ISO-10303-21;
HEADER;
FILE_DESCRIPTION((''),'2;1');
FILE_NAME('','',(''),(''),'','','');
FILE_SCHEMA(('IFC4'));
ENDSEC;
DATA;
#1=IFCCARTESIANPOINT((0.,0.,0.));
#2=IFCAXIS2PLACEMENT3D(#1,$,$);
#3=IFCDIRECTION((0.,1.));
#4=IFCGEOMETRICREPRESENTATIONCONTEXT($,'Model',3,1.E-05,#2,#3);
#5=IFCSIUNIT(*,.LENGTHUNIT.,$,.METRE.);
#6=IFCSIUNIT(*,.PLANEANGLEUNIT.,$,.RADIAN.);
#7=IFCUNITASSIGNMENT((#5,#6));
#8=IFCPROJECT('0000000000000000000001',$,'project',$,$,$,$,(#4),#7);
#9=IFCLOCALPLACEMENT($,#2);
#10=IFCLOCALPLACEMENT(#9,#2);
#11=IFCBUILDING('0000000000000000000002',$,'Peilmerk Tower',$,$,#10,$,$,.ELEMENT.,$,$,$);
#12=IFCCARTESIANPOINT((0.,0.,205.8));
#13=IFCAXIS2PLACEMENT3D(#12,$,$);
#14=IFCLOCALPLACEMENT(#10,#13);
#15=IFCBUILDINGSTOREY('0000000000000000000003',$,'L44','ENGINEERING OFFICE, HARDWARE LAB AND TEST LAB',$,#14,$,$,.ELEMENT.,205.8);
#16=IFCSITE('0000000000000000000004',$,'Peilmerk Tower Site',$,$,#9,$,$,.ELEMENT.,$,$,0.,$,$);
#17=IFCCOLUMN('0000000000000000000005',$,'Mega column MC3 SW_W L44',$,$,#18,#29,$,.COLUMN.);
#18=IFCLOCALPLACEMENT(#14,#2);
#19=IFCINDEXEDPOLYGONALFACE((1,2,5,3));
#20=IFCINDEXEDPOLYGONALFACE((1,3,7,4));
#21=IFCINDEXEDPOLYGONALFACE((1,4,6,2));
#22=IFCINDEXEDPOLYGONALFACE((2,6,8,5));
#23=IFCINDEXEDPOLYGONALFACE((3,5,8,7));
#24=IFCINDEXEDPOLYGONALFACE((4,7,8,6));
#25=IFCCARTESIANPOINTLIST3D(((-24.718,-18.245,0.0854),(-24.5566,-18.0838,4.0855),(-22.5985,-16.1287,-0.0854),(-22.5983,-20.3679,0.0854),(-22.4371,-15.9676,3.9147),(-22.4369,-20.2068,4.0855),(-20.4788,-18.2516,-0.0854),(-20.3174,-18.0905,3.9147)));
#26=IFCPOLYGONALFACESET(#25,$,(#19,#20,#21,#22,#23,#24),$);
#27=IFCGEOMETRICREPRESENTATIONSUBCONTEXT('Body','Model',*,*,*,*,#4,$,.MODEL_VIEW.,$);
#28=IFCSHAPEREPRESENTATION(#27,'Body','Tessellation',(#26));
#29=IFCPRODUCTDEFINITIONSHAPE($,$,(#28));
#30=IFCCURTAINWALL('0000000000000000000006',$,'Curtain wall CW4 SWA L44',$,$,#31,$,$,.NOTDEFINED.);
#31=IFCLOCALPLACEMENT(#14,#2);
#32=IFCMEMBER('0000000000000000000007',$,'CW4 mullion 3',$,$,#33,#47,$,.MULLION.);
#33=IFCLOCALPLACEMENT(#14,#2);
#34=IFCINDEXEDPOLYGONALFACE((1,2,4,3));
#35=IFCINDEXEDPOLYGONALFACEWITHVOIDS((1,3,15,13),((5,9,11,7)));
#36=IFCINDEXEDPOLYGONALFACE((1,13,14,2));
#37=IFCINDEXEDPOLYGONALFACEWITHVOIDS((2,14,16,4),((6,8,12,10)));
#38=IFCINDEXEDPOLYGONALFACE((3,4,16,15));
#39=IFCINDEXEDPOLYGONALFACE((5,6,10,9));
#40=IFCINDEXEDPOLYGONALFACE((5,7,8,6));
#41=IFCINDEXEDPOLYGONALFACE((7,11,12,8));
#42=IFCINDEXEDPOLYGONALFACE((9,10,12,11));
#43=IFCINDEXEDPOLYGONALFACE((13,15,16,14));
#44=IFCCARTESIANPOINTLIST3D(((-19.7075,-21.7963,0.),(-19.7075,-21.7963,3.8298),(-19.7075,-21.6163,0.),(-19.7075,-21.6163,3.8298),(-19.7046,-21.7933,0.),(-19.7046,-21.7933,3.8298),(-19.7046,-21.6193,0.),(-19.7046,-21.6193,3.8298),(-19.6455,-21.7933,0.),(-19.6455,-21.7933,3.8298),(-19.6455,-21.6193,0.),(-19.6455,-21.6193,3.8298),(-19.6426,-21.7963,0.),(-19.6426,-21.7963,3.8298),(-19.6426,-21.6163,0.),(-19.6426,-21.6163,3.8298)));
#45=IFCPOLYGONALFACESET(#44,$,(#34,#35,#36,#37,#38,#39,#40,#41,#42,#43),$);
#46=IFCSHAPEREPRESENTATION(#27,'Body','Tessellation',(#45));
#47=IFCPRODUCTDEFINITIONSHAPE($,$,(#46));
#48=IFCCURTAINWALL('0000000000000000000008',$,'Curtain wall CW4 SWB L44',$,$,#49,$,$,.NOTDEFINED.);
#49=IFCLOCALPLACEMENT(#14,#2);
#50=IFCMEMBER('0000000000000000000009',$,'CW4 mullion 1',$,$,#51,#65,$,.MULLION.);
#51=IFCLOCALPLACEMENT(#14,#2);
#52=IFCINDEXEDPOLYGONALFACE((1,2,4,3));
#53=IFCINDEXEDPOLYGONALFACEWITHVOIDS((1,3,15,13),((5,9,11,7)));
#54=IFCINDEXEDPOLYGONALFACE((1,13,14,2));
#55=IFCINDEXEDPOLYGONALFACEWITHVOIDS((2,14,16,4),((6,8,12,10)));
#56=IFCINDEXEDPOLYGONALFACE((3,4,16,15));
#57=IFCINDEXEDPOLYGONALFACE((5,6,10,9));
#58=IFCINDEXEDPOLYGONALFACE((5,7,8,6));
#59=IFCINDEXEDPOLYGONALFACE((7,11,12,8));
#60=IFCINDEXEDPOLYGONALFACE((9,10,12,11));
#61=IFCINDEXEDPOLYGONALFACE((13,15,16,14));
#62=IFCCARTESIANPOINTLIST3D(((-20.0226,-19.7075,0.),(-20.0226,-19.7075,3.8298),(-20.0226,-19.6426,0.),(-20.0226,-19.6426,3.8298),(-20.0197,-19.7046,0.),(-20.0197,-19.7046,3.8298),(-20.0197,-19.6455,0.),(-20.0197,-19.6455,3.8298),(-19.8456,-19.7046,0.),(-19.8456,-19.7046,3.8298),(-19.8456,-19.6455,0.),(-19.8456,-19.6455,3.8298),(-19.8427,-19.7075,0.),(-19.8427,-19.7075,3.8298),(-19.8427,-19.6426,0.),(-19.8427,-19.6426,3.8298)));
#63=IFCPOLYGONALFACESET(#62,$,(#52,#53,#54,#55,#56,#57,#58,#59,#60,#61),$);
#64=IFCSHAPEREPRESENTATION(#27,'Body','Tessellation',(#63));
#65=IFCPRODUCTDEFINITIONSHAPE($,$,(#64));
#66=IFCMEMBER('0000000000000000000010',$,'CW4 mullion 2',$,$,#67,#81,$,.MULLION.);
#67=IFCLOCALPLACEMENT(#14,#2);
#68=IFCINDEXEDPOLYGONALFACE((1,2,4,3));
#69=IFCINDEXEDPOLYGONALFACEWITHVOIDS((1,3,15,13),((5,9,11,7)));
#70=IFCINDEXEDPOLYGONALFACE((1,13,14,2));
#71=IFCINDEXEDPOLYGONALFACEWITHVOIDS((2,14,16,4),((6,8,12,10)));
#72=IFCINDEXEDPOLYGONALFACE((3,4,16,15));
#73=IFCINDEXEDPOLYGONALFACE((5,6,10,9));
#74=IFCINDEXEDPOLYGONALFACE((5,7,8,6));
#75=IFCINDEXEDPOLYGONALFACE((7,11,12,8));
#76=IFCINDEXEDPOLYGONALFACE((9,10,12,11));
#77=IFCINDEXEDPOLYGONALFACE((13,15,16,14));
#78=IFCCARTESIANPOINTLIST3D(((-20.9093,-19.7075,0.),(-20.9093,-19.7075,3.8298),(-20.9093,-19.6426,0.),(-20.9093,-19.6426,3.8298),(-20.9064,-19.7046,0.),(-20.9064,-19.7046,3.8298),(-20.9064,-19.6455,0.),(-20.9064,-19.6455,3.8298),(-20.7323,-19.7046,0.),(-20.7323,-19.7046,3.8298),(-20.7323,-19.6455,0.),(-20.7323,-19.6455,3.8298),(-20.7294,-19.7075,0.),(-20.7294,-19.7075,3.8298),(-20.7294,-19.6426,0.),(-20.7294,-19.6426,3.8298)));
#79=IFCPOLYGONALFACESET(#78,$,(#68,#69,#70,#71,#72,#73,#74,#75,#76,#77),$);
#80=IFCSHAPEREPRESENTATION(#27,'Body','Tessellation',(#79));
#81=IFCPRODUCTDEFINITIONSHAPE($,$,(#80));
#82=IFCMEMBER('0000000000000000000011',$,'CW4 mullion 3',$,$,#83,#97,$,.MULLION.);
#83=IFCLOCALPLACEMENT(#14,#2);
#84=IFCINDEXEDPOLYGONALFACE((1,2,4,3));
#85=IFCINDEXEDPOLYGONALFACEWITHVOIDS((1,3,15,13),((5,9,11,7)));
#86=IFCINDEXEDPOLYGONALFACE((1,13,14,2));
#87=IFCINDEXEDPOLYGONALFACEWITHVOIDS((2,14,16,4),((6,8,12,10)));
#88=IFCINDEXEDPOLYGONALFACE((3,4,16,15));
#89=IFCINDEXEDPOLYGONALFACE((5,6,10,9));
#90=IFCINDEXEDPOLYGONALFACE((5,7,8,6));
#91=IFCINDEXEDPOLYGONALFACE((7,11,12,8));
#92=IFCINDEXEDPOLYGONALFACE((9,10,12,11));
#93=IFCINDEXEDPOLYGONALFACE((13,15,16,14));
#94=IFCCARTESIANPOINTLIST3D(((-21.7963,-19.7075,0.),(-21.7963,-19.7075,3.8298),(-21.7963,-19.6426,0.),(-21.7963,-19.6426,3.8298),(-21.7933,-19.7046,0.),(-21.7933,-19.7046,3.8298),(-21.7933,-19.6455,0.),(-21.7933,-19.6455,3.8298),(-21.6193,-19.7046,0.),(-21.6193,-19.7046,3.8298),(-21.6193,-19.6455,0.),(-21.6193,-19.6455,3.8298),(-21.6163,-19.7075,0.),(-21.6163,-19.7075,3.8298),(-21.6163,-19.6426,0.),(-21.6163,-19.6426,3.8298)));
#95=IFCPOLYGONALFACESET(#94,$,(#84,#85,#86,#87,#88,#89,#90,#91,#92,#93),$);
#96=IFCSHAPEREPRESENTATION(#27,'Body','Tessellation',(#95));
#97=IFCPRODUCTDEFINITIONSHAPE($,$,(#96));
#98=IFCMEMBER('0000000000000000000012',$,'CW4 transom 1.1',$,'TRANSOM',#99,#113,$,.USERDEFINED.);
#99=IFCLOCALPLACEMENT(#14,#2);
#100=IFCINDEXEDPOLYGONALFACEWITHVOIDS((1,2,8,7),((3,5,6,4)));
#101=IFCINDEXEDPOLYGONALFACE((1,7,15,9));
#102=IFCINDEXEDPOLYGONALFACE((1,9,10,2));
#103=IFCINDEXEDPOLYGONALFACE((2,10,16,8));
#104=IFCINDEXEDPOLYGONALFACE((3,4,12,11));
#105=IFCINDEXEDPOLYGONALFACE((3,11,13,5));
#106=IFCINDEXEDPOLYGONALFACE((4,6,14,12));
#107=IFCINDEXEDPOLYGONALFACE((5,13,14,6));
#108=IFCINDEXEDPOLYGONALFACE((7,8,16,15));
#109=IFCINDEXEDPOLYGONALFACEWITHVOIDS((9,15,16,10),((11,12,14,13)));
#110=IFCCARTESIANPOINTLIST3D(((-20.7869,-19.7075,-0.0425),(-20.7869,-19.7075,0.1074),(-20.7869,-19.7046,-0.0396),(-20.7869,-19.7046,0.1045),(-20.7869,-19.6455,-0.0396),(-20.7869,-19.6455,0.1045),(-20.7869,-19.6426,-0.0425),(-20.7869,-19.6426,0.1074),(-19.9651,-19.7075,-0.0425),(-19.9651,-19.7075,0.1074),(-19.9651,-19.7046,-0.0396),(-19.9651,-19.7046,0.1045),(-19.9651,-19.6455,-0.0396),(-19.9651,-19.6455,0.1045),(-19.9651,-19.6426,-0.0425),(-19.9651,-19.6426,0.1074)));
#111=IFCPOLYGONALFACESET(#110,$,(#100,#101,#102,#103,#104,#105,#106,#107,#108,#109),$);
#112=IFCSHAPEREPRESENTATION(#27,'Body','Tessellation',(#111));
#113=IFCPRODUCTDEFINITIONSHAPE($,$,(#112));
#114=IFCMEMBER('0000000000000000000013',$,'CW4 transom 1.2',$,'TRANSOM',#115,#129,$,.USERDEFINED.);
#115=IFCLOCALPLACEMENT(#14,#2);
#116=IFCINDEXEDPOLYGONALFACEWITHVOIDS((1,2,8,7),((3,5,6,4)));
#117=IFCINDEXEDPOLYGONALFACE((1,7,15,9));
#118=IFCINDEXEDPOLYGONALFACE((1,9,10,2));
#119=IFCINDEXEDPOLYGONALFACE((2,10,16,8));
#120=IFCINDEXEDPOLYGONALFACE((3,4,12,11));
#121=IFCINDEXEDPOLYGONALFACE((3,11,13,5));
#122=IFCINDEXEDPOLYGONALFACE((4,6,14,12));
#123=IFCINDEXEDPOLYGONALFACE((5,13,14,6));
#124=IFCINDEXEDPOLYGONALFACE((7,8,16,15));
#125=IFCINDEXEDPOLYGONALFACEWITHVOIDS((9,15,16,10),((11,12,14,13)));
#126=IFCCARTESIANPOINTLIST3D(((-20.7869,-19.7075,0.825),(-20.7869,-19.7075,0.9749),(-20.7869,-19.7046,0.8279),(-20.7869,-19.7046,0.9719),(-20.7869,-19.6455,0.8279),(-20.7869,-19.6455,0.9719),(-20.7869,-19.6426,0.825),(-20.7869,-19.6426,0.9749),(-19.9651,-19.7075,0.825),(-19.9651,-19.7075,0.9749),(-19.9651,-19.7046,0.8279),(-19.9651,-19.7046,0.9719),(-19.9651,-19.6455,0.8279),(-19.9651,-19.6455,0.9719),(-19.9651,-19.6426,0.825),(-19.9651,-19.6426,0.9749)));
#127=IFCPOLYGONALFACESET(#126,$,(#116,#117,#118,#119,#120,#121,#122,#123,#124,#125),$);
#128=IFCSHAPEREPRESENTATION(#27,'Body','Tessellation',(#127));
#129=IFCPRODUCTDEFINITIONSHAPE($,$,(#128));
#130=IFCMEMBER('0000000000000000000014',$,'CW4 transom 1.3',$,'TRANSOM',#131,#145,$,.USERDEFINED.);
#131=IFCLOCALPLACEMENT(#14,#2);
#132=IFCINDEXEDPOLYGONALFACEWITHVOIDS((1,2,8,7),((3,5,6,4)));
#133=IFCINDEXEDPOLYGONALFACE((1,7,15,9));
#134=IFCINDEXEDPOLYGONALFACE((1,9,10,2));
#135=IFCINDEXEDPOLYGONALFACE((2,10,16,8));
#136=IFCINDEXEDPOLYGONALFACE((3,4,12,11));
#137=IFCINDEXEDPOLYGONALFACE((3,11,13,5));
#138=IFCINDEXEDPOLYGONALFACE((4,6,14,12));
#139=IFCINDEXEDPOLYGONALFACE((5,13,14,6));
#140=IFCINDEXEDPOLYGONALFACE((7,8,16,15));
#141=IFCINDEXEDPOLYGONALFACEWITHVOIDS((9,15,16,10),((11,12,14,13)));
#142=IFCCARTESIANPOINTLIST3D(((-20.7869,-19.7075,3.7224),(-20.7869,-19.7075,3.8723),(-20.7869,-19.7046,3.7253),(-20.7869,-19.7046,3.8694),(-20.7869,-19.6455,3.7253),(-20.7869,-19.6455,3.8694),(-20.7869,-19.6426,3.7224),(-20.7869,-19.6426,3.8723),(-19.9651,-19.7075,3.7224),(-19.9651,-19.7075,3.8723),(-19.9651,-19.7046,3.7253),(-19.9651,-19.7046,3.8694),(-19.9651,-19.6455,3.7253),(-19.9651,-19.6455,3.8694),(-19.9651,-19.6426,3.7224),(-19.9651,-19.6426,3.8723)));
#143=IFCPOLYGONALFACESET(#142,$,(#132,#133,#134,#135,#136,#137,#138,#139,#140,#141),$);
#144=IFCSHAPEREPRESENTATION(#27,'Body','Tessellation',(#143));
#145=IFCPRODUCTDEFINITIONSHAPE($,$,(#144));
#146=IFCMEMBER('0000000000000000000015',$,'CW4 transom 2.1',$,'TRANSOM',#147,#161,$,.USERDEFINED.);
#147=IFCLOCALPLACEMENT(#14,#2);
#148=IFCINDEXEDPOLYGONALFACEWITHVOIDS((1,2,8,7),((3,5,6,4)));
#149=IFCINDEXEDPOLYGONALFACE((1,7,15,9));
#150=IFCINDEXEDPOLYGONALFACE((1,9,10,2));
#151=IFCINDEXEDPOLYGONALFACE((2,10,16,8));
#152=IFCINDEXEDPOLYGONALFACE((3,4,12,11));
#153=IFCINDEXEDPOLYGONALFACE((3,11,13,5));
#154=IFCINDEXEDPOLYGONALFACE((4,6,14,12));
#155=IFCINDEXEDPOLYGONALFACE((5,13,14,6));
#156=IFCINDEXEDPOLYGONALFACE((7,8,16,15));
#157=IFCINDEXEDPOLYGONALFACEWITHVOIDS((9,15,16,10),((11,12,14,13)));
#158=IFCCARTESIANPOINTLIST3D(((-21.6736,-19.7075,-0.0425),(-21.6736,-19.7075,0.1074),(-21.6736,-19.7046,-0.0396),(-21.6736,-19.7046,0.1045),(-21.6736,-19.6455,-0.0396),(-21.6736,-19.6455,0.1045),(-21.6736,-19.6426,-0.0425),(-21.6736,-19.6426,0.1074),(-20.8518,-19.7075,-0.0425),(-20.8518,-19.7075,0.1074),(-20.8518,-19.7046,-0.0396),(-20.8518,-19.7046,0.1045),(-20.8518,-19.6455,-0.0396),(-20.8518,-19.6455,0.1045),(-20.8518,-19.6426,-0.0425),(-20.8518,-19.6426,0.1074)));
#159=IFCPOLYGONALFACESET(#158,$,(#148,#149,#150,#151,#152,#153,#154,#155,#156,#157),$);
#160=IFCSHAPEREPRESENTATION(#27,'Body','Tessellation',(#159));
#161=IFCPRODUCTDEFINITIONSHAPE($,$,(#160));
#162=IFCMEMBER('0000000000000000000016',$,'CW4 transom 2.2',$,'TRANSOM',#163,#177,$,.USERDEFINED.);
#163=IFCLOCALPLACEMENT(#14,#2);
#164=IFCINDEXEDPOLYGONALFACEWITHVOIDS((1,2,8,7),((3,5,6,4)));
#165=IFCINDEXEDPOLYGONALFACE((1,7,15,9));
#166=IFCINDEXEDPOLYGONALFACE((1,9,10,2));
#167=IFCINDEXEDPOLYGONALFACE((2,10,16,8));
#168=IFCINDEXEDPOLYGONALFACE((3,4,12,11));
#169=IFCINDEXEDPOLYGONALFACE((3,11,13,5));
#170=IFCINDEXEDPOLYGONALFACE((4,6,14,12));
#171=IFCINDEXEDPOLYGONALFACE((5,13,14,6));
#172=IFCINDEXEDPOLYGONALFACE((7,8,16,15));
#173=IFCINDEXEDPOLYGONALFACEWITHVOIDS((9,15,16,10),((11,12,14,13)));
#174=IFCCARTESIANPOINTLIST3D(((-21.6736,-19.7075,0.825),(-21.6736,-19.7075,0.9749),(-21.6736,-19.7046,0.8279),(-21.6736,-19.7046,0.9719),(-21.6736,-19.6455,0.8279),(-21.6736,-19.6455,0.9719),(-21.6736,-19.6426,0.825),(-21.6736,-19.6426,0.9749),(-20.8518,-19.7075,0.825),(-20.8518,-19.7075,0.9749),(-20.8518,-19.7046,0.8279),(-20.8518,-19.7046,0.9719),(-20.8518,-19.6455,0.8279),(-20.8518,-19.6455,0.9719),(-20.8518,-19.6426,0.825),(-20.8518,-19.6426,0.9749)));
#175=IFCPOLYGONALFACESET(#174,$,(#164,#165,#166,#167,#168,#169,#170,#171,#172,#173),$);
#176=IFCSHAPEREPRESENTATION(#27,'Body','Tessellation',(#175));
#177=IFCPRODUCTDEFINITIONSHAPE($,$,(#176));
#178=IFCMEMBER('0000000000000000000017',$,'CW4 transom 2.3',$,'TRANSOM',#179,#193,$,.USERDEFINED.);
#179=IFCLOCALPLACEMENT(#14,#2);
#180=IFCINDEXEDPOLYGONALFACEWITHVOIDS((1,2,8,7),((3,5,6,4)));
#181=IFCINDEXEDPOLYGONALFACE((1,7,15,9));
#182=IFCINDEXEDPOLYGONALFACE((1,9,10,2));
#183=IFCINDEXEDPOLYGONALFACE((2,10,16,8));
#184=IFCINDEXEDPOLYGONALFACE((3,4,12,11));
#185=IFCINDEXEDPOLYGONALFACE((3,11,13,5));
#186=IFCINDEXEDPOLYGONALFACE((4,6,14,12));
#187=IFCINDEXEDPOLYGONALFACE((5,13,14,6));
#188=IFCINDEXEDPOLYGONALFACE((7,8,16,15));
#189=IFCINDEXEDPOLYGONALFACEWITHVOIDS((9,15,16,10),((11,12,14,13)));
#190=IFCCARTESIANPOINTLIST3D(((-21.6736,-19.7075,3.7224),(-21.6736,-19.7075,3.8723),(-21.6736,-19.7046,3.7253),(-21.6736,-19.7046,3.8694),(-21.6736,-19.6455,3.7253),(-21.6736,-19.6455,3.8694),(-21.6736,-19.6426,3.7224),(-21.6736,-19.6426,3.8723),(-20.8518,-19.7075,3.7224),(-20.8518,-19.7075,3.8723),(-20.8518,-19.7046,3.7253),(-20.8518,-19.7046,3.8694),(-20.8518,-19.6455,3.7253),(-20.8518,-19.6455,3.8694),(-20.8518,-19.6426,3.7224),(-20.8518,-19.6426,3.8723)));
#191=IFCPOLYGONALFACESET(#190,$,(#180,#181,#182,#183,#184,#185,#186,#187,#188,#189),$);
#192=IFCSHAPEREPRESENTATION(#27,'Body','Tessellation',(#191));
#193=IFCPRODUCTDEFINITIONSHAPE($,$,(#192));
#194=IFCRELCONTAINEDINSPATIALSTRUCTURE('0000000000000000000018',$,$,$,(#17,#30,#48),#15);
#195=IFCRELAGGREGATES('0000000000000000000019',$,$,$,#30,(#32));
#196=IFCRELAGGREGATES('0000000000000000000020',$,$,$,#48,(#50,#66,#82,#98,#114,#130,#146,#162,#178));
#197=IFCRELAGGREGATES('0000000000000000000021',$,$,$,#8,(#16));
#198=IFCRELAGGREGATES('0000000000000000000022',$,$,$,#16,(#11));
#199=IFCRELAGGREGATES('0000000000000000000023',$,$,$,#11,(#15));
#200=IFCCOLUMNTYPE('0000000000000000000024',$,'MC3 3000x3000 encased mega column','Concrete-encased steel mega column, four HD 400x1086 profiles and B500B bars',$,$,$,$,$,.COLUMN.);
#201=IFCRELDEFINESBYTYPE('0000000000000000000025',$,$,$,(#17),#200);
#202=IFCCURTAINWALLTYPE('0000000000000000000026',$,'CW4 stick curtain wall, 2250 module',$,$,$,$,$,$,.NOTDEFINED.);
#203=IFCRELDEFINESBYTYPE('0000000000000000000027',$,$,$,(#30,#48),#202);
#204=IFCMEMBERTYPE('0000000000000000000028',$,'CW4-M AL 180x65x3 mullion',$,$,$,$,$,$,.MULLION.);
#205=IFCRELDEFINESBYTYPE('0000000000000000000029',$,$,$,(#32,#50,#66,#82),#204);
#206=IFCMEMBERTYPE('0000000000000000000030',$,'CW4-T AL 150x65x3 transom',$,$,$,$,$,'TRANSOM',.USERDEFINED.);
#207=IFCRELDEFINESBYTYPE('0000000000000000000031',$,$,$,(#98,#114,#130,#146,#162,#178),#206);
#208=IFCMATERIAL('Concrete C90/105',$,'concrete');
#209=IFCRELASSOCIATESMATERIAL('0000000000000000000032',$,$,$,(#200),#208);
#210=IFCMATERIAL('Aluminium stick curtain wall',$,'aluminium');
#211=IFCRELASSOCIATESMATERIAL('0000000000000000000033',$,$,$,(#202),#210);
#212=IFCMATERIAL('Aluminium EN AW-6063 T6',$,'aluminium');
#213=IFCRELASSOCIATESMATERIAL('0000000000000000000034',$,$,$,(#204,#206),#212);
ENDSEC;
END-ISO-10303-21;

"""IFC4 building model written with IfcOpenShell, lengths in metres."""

from ifc_helpers import new_model, si_unit, direction, frame, origin, origin_2d, place, context, subcontext, project, spatial, rectangle, hollow_rectangle, extrude, material, material_profile, profile_set, type_object, element, aggregate, save


model = new_model("IFC4")

# Units and contexts
model_context = context("Model", 3, precision=1e-05, world=origin(), true_north=direction((0.0, 1.0)))
body_context = subcontext(model_context, "Body", "Model", "MODEL_VIEW")
ifc_project = project(units=[si_unit("LENGTHUNIT", "METRE"), si_unit("PLANEANGLEUNIT", "RADIAN")], contexts=[model_context])

# Site, building, storey
site_placement = place(None, origin())
site = spatial("IfcSite", under=ifc_project, at=site_placement, Name="Peilmerk Tower Site", CompositionType="ELEMENT", RefElevation=0.0)
building_placement = place(site_placement, origin())
building = spatial("IfcBuilding", under=site, at=building_placement, Name="Peilmerk Tower", CompositionType="ELEMENT")
storey_placement = place(building_placement, frame((0.0, 0.0, 205.8)))
storey = spatial("IfcBuildingStorey", under=building, at=storey_placement, Name="L44", Description="ENGINEERING OFFICE, HARDWARE LAB AND TEST LAB", CompositionType="ELEMENT", Elevation=205.8)

# Column
ifc_material_1 = material(Name="Concrete C90/105", Category="concrete")
ifc_material_profile_1 = material_profile(ifc_material_1, rectangle(XDim=3.0, YDim=3.0, at=origin_2d()), Name="RC 3000x3000")
ifc_profile_set_1 = profile_set([ifc_material_profile_1], Name="Concrete C90/105")
column_type = type_object("IfcColumnType", Name="MC3 3000x3000 encased mega column", Description="Concrete-encased steel mega column, four HD 400x1086 profiles and B500B bars", PredefinedType="COLUMN", material=ifc_profile_set_1)
column_placement = place(storey_placement, frame((-22.5984, -18.2483, 0.0), z_axis=(0.040279, 0.040218, 0.998379), x_axis=(-0.706571, 0.707642, 0.0)))
element("IfcColumn", 1, at=column_placement, inside=storey, type_object=column_type, Name="Mega column MC3 SW_W L44", PredefinedType="COLUMN", context=body_context, shape_type="SweptSolid", body=[
    extrude(rectangle(XDim=3.0, YDim=3.0, at=origin_2d()), origin(), (0.0, 0.0, 1.0), 4.0066),
])

# Curtain wall, member
ifc_material_2 = material(Name="Aluminium stick curtain wall", Category="aluminium")
curtain_wall_type = type_object("IfcCurtainWallType", Name="CW4 stick curtain wall, 2250 module", PredefinedType="NOTDEFINED", material=ifc_material_2)
curtain_wall_1_placement = place(storey_placement, origin())
curtain_wall_1 = element("IfcCurtainWall", 2, at=curtain_wall_1_placement, inside=storey, type_object=curtain_wall_type, Name="Curtain wall CW4 SWA L44", PredefinedType="NOTDEFINED")
ifc_material_3 = material(Name="Aluminium EN AW-6063 T6", Category="aluminium")
ifc_material_profile_2 = material_profile(ifc_material_3, hollow_rectangle(XDim=0.0649, YDim=0.1799, WallThickness=0.0029, at=origin_2d()), Name="AL 180x65x3")
ifc_profile_set_2 = profile_set([ifc_material_profile_2], Name="Aluminium EN AW-6063 T6")
member_type_1 = type_object("IfcMemberType", Name="CW4-M AL 180x65x3 mullion", PredefinedType="MULLION", material=ifc_profile_set_2)
member_1_placement = place(storey_placement, frame((-19.675, -21.7063, 0.0), z_axis=(0.0, 0.0, 1.0), x_axis=(1.0, 0.0, 0.0)))
member_1 = element("IfcMember", 3, at=member_1_placement, type_object=member_type_1, Name="CW4 mullion 3", PredefinedType="MULLION", context=body_context, shape_type="SweptSolid", body=[
    extrude(hollow_rectangle(XDim=0.0649, YDim=0.1799, WallThickness=0.0029, at=origin_2d()), origin(), (0.0, 0.0, 1.0), 3.8298),
])

# Curtain wall, members
curtain_wall_2_placement = place(storey_placement, origin())
curtain_wall_2 = element("IfcCurtainWall", 4, at=curtain_wall_2_placement, inside=storey, type_object=curtain_wall_type, Name="Curtain wall CW4 SWB L44", PredefinedType="NOTDEFINED")
member_2_placement = place(storey_placement, frame((-19.9326, -19.675, 0.0), z_axis=(0.0, 0.0, 1.0), x_axis=(0.0, -1.0, 0.0)))
member_2 = element("IfcMember", 5, at=member_2_placement, type_object=member_type_1, Name="CW4 mullion 1", PredefinedType="MULLION", context=body_context, shape_type="SweptSolid", body=[
    extrude(hollow_rectangle(XDim=0.0649, YDim=0.1799, WallThickness=0.0029, at=origin_2d()), origin(), (0.0, 0.0, 1.0), 3.8298),
])
member_3_placement = place(storey_placement, frame((-20.8193, -19.675, 0.0), z_axis=(0.0, 0.0, 1.0), x_axis=(0.0, -1.0, 0.0)))
member_3 = element("IfcMember", 6, at=member_3_placement, type_object=member_type_1, Name="CW4 mullion 2", PredefinedType="MULLION", context=body_context, shape_type="SweptSolid", body=[
    extrude(hollow_rectangle(XDim=0.0649, YDim=0.1799, WallThickness=0.0029, at=origin_2d()), origin(), (0.0, 0.0, 1.0), 3.8298),
])
member_4_placement = place(storey_placement, frame((-21.7063, -19.675, 0.0), z_axis=(0.0, 0.0, 1.0), x_axis=(0.0, -1.0, 0.0)))
member_4 = element("IfcMember", 7, at=member_4_placement, type_object=member_type_1, Name="CW4 mullion 3", PredefinedType="MULLION", context=body_context, shape_type="SweptSolid", body=[
    extrude(hollow_rectangle(XDim=0.0649, YDim=0.1799, WallThickness=0.0029, at=origin_2d()), origin(), (0.0, 0.0, 1.0), 3.8298),
])
ifc_material_profile_3 = material_profile(ifc_material_3, hollow_rectangle(XDim=0.0649, YDim=0.1499, WallThickness=0.0029, at=origin_2d()), Name="AL 150x65x3")
ifc_profile_set_3 = profile_set([ifc_material_profile_3], Name="Aluminium EN AW-6063 T6")
member_type_2 = type_object("IfcMemberType", Name="CW4-T AL 150x65x3 transom", ElementType="TRANSOM", PredefinedType="USERDEFINED", material=ifc_profile_set_3)
member_5_placement = place(storey_placement, frame((-19.9651, -19.675, 0.0325), z_axis=(-1.0, 0.0, 0.0), x_axis=(0.0, -1.0, 0.0)))
member_5 = element("IfcMember", 8, at=member_5_placement, type_object=member_type_2, Name="CW4 transom 1.1", ObjectType="TRANSOM", PredefinedType="USERDEFINED", context=body_context, shape_type="SweptSolid", body=[
    extrude(hollow_rectangle(XDim=0.0649, YDim=0.1499, WallThickness=0.0029, at=origin_2d()), origin(), (0.0, 0.0, 1.0), 0.8218),
])
member_6_placement = place(storey_placement, frame((-19.9651, -19.675, 0.8999), z_axis=(-1.0, 0.0, 0.0), x_axis=(0.0, -1.0, 0.0)))
member_6 = element("IfcMember", 9, at=member_6_placement, type_object=member_type_2, Name="CW4 transom 1.2", ObjectType="TRANSOM", PredefinedType="USERDEFINED", context=body_context, shape_type="SweptSolid", body=[
    extrude(hollow_rectangle(XDim=0.0649, YDim=0.1499, WallThickness=0.0029, at=origin_2d()), origin(), (0.0, 0.0, 1.0), 0.8218),
])
member_7_placement = place(storey_placement, frame((-19.9651, -19.675, 3.7974), z_axis=(-1.0, 0.0, 0.0), x_axis=(0.0, -1.0, 0.0)))
member_7 = element("IfcMember", 10, at=member_7_placement, type_object=member_type_2, Name="CW4 transom 1.3", ObjectType="TRANSOM", PredefinedType="USERDEFINED", context=body_context, shape_type="SweptSolid", body=[
    extrude(hollow_rectangle(XDim=0.0649, YDim=0.1499, WallThickness=0.0029, at=origin_2d()), origin(), (0.0, 0.0, 1.0), 0.8218),
])
member_8_placement = place(storey_placement, frame((-20.8518, -19.675, 0.0325), z_axis=(-1.0, 0.0, 0.0), x_axis=(0.0, -1.0, 0.0)))
member_8 = element("IfcMember", 11, at=member_8_placement, type_object=member_type_2, Name="CW4 transom 2.1", ObjectType="TRANSOM", PredefinedType="USERDEFINED", context=body_context, shape_type="SweptSolid", body=[
    extrude(hollow_rectangle(XDim=0.0649, YDim=0.1499, WallThickness=0.0029, at=origin_2d()), origin(), (0.0, 0.0, 1.0), 0.8218),
])
member_9_placement = place(storey_placement, frame((-20.8518, -19.675, 0.8999), z_axis=(-1.0, 0.0, 0.0), x_axis=(0.0, -1.0, 0.0)))
member_9 = element("IfcMember", 12, at=member_9_placement, type_object=member_type_2, Name="CW4 transom 2.2", ObjectType="TRANSOM", PredefinedType="USERDEFINED", context=body_context, shape_type="SweptSolid", body=[
    extrude(hollow_rectangle(XDim=0.0649, YDim=0.1499, WallThickness=0.0029, at=origin_2d()), origin(), (0.0, 0.0, 1.0), 0.8218),
])
member_10_placement = place(storey_placement, frame((-20.8518, -19.675, 3.7974), z_axis=(-1.0, 0.0, 0.0), x_axis=(0.0, -1.0, 0.0)))
member_10 = element("IfcMember", 13, at=member_10_placement, type_object=member_type_2, Name="CW4 transom 2.3", ObjectType="TRANSOM", PredefinedType="USERDEFINED", context=body_context, shape_type="SweptSolid", body=[
    extrude(hollow_rectangle(XDim=0.0649, YDim=0.1499, WallThickness=0.0029, at=origin_2d()), origin(), (0.0, 0.0, 1.0), 0.8218),
])

aggregate(curtain_wall_1, [member_1])
aggregate(curtain_wall_2, [member_2, member_3, member_4, member_5, member_6, member_7, member_8, member_9, member_10])

save(model, "model.ifc")
